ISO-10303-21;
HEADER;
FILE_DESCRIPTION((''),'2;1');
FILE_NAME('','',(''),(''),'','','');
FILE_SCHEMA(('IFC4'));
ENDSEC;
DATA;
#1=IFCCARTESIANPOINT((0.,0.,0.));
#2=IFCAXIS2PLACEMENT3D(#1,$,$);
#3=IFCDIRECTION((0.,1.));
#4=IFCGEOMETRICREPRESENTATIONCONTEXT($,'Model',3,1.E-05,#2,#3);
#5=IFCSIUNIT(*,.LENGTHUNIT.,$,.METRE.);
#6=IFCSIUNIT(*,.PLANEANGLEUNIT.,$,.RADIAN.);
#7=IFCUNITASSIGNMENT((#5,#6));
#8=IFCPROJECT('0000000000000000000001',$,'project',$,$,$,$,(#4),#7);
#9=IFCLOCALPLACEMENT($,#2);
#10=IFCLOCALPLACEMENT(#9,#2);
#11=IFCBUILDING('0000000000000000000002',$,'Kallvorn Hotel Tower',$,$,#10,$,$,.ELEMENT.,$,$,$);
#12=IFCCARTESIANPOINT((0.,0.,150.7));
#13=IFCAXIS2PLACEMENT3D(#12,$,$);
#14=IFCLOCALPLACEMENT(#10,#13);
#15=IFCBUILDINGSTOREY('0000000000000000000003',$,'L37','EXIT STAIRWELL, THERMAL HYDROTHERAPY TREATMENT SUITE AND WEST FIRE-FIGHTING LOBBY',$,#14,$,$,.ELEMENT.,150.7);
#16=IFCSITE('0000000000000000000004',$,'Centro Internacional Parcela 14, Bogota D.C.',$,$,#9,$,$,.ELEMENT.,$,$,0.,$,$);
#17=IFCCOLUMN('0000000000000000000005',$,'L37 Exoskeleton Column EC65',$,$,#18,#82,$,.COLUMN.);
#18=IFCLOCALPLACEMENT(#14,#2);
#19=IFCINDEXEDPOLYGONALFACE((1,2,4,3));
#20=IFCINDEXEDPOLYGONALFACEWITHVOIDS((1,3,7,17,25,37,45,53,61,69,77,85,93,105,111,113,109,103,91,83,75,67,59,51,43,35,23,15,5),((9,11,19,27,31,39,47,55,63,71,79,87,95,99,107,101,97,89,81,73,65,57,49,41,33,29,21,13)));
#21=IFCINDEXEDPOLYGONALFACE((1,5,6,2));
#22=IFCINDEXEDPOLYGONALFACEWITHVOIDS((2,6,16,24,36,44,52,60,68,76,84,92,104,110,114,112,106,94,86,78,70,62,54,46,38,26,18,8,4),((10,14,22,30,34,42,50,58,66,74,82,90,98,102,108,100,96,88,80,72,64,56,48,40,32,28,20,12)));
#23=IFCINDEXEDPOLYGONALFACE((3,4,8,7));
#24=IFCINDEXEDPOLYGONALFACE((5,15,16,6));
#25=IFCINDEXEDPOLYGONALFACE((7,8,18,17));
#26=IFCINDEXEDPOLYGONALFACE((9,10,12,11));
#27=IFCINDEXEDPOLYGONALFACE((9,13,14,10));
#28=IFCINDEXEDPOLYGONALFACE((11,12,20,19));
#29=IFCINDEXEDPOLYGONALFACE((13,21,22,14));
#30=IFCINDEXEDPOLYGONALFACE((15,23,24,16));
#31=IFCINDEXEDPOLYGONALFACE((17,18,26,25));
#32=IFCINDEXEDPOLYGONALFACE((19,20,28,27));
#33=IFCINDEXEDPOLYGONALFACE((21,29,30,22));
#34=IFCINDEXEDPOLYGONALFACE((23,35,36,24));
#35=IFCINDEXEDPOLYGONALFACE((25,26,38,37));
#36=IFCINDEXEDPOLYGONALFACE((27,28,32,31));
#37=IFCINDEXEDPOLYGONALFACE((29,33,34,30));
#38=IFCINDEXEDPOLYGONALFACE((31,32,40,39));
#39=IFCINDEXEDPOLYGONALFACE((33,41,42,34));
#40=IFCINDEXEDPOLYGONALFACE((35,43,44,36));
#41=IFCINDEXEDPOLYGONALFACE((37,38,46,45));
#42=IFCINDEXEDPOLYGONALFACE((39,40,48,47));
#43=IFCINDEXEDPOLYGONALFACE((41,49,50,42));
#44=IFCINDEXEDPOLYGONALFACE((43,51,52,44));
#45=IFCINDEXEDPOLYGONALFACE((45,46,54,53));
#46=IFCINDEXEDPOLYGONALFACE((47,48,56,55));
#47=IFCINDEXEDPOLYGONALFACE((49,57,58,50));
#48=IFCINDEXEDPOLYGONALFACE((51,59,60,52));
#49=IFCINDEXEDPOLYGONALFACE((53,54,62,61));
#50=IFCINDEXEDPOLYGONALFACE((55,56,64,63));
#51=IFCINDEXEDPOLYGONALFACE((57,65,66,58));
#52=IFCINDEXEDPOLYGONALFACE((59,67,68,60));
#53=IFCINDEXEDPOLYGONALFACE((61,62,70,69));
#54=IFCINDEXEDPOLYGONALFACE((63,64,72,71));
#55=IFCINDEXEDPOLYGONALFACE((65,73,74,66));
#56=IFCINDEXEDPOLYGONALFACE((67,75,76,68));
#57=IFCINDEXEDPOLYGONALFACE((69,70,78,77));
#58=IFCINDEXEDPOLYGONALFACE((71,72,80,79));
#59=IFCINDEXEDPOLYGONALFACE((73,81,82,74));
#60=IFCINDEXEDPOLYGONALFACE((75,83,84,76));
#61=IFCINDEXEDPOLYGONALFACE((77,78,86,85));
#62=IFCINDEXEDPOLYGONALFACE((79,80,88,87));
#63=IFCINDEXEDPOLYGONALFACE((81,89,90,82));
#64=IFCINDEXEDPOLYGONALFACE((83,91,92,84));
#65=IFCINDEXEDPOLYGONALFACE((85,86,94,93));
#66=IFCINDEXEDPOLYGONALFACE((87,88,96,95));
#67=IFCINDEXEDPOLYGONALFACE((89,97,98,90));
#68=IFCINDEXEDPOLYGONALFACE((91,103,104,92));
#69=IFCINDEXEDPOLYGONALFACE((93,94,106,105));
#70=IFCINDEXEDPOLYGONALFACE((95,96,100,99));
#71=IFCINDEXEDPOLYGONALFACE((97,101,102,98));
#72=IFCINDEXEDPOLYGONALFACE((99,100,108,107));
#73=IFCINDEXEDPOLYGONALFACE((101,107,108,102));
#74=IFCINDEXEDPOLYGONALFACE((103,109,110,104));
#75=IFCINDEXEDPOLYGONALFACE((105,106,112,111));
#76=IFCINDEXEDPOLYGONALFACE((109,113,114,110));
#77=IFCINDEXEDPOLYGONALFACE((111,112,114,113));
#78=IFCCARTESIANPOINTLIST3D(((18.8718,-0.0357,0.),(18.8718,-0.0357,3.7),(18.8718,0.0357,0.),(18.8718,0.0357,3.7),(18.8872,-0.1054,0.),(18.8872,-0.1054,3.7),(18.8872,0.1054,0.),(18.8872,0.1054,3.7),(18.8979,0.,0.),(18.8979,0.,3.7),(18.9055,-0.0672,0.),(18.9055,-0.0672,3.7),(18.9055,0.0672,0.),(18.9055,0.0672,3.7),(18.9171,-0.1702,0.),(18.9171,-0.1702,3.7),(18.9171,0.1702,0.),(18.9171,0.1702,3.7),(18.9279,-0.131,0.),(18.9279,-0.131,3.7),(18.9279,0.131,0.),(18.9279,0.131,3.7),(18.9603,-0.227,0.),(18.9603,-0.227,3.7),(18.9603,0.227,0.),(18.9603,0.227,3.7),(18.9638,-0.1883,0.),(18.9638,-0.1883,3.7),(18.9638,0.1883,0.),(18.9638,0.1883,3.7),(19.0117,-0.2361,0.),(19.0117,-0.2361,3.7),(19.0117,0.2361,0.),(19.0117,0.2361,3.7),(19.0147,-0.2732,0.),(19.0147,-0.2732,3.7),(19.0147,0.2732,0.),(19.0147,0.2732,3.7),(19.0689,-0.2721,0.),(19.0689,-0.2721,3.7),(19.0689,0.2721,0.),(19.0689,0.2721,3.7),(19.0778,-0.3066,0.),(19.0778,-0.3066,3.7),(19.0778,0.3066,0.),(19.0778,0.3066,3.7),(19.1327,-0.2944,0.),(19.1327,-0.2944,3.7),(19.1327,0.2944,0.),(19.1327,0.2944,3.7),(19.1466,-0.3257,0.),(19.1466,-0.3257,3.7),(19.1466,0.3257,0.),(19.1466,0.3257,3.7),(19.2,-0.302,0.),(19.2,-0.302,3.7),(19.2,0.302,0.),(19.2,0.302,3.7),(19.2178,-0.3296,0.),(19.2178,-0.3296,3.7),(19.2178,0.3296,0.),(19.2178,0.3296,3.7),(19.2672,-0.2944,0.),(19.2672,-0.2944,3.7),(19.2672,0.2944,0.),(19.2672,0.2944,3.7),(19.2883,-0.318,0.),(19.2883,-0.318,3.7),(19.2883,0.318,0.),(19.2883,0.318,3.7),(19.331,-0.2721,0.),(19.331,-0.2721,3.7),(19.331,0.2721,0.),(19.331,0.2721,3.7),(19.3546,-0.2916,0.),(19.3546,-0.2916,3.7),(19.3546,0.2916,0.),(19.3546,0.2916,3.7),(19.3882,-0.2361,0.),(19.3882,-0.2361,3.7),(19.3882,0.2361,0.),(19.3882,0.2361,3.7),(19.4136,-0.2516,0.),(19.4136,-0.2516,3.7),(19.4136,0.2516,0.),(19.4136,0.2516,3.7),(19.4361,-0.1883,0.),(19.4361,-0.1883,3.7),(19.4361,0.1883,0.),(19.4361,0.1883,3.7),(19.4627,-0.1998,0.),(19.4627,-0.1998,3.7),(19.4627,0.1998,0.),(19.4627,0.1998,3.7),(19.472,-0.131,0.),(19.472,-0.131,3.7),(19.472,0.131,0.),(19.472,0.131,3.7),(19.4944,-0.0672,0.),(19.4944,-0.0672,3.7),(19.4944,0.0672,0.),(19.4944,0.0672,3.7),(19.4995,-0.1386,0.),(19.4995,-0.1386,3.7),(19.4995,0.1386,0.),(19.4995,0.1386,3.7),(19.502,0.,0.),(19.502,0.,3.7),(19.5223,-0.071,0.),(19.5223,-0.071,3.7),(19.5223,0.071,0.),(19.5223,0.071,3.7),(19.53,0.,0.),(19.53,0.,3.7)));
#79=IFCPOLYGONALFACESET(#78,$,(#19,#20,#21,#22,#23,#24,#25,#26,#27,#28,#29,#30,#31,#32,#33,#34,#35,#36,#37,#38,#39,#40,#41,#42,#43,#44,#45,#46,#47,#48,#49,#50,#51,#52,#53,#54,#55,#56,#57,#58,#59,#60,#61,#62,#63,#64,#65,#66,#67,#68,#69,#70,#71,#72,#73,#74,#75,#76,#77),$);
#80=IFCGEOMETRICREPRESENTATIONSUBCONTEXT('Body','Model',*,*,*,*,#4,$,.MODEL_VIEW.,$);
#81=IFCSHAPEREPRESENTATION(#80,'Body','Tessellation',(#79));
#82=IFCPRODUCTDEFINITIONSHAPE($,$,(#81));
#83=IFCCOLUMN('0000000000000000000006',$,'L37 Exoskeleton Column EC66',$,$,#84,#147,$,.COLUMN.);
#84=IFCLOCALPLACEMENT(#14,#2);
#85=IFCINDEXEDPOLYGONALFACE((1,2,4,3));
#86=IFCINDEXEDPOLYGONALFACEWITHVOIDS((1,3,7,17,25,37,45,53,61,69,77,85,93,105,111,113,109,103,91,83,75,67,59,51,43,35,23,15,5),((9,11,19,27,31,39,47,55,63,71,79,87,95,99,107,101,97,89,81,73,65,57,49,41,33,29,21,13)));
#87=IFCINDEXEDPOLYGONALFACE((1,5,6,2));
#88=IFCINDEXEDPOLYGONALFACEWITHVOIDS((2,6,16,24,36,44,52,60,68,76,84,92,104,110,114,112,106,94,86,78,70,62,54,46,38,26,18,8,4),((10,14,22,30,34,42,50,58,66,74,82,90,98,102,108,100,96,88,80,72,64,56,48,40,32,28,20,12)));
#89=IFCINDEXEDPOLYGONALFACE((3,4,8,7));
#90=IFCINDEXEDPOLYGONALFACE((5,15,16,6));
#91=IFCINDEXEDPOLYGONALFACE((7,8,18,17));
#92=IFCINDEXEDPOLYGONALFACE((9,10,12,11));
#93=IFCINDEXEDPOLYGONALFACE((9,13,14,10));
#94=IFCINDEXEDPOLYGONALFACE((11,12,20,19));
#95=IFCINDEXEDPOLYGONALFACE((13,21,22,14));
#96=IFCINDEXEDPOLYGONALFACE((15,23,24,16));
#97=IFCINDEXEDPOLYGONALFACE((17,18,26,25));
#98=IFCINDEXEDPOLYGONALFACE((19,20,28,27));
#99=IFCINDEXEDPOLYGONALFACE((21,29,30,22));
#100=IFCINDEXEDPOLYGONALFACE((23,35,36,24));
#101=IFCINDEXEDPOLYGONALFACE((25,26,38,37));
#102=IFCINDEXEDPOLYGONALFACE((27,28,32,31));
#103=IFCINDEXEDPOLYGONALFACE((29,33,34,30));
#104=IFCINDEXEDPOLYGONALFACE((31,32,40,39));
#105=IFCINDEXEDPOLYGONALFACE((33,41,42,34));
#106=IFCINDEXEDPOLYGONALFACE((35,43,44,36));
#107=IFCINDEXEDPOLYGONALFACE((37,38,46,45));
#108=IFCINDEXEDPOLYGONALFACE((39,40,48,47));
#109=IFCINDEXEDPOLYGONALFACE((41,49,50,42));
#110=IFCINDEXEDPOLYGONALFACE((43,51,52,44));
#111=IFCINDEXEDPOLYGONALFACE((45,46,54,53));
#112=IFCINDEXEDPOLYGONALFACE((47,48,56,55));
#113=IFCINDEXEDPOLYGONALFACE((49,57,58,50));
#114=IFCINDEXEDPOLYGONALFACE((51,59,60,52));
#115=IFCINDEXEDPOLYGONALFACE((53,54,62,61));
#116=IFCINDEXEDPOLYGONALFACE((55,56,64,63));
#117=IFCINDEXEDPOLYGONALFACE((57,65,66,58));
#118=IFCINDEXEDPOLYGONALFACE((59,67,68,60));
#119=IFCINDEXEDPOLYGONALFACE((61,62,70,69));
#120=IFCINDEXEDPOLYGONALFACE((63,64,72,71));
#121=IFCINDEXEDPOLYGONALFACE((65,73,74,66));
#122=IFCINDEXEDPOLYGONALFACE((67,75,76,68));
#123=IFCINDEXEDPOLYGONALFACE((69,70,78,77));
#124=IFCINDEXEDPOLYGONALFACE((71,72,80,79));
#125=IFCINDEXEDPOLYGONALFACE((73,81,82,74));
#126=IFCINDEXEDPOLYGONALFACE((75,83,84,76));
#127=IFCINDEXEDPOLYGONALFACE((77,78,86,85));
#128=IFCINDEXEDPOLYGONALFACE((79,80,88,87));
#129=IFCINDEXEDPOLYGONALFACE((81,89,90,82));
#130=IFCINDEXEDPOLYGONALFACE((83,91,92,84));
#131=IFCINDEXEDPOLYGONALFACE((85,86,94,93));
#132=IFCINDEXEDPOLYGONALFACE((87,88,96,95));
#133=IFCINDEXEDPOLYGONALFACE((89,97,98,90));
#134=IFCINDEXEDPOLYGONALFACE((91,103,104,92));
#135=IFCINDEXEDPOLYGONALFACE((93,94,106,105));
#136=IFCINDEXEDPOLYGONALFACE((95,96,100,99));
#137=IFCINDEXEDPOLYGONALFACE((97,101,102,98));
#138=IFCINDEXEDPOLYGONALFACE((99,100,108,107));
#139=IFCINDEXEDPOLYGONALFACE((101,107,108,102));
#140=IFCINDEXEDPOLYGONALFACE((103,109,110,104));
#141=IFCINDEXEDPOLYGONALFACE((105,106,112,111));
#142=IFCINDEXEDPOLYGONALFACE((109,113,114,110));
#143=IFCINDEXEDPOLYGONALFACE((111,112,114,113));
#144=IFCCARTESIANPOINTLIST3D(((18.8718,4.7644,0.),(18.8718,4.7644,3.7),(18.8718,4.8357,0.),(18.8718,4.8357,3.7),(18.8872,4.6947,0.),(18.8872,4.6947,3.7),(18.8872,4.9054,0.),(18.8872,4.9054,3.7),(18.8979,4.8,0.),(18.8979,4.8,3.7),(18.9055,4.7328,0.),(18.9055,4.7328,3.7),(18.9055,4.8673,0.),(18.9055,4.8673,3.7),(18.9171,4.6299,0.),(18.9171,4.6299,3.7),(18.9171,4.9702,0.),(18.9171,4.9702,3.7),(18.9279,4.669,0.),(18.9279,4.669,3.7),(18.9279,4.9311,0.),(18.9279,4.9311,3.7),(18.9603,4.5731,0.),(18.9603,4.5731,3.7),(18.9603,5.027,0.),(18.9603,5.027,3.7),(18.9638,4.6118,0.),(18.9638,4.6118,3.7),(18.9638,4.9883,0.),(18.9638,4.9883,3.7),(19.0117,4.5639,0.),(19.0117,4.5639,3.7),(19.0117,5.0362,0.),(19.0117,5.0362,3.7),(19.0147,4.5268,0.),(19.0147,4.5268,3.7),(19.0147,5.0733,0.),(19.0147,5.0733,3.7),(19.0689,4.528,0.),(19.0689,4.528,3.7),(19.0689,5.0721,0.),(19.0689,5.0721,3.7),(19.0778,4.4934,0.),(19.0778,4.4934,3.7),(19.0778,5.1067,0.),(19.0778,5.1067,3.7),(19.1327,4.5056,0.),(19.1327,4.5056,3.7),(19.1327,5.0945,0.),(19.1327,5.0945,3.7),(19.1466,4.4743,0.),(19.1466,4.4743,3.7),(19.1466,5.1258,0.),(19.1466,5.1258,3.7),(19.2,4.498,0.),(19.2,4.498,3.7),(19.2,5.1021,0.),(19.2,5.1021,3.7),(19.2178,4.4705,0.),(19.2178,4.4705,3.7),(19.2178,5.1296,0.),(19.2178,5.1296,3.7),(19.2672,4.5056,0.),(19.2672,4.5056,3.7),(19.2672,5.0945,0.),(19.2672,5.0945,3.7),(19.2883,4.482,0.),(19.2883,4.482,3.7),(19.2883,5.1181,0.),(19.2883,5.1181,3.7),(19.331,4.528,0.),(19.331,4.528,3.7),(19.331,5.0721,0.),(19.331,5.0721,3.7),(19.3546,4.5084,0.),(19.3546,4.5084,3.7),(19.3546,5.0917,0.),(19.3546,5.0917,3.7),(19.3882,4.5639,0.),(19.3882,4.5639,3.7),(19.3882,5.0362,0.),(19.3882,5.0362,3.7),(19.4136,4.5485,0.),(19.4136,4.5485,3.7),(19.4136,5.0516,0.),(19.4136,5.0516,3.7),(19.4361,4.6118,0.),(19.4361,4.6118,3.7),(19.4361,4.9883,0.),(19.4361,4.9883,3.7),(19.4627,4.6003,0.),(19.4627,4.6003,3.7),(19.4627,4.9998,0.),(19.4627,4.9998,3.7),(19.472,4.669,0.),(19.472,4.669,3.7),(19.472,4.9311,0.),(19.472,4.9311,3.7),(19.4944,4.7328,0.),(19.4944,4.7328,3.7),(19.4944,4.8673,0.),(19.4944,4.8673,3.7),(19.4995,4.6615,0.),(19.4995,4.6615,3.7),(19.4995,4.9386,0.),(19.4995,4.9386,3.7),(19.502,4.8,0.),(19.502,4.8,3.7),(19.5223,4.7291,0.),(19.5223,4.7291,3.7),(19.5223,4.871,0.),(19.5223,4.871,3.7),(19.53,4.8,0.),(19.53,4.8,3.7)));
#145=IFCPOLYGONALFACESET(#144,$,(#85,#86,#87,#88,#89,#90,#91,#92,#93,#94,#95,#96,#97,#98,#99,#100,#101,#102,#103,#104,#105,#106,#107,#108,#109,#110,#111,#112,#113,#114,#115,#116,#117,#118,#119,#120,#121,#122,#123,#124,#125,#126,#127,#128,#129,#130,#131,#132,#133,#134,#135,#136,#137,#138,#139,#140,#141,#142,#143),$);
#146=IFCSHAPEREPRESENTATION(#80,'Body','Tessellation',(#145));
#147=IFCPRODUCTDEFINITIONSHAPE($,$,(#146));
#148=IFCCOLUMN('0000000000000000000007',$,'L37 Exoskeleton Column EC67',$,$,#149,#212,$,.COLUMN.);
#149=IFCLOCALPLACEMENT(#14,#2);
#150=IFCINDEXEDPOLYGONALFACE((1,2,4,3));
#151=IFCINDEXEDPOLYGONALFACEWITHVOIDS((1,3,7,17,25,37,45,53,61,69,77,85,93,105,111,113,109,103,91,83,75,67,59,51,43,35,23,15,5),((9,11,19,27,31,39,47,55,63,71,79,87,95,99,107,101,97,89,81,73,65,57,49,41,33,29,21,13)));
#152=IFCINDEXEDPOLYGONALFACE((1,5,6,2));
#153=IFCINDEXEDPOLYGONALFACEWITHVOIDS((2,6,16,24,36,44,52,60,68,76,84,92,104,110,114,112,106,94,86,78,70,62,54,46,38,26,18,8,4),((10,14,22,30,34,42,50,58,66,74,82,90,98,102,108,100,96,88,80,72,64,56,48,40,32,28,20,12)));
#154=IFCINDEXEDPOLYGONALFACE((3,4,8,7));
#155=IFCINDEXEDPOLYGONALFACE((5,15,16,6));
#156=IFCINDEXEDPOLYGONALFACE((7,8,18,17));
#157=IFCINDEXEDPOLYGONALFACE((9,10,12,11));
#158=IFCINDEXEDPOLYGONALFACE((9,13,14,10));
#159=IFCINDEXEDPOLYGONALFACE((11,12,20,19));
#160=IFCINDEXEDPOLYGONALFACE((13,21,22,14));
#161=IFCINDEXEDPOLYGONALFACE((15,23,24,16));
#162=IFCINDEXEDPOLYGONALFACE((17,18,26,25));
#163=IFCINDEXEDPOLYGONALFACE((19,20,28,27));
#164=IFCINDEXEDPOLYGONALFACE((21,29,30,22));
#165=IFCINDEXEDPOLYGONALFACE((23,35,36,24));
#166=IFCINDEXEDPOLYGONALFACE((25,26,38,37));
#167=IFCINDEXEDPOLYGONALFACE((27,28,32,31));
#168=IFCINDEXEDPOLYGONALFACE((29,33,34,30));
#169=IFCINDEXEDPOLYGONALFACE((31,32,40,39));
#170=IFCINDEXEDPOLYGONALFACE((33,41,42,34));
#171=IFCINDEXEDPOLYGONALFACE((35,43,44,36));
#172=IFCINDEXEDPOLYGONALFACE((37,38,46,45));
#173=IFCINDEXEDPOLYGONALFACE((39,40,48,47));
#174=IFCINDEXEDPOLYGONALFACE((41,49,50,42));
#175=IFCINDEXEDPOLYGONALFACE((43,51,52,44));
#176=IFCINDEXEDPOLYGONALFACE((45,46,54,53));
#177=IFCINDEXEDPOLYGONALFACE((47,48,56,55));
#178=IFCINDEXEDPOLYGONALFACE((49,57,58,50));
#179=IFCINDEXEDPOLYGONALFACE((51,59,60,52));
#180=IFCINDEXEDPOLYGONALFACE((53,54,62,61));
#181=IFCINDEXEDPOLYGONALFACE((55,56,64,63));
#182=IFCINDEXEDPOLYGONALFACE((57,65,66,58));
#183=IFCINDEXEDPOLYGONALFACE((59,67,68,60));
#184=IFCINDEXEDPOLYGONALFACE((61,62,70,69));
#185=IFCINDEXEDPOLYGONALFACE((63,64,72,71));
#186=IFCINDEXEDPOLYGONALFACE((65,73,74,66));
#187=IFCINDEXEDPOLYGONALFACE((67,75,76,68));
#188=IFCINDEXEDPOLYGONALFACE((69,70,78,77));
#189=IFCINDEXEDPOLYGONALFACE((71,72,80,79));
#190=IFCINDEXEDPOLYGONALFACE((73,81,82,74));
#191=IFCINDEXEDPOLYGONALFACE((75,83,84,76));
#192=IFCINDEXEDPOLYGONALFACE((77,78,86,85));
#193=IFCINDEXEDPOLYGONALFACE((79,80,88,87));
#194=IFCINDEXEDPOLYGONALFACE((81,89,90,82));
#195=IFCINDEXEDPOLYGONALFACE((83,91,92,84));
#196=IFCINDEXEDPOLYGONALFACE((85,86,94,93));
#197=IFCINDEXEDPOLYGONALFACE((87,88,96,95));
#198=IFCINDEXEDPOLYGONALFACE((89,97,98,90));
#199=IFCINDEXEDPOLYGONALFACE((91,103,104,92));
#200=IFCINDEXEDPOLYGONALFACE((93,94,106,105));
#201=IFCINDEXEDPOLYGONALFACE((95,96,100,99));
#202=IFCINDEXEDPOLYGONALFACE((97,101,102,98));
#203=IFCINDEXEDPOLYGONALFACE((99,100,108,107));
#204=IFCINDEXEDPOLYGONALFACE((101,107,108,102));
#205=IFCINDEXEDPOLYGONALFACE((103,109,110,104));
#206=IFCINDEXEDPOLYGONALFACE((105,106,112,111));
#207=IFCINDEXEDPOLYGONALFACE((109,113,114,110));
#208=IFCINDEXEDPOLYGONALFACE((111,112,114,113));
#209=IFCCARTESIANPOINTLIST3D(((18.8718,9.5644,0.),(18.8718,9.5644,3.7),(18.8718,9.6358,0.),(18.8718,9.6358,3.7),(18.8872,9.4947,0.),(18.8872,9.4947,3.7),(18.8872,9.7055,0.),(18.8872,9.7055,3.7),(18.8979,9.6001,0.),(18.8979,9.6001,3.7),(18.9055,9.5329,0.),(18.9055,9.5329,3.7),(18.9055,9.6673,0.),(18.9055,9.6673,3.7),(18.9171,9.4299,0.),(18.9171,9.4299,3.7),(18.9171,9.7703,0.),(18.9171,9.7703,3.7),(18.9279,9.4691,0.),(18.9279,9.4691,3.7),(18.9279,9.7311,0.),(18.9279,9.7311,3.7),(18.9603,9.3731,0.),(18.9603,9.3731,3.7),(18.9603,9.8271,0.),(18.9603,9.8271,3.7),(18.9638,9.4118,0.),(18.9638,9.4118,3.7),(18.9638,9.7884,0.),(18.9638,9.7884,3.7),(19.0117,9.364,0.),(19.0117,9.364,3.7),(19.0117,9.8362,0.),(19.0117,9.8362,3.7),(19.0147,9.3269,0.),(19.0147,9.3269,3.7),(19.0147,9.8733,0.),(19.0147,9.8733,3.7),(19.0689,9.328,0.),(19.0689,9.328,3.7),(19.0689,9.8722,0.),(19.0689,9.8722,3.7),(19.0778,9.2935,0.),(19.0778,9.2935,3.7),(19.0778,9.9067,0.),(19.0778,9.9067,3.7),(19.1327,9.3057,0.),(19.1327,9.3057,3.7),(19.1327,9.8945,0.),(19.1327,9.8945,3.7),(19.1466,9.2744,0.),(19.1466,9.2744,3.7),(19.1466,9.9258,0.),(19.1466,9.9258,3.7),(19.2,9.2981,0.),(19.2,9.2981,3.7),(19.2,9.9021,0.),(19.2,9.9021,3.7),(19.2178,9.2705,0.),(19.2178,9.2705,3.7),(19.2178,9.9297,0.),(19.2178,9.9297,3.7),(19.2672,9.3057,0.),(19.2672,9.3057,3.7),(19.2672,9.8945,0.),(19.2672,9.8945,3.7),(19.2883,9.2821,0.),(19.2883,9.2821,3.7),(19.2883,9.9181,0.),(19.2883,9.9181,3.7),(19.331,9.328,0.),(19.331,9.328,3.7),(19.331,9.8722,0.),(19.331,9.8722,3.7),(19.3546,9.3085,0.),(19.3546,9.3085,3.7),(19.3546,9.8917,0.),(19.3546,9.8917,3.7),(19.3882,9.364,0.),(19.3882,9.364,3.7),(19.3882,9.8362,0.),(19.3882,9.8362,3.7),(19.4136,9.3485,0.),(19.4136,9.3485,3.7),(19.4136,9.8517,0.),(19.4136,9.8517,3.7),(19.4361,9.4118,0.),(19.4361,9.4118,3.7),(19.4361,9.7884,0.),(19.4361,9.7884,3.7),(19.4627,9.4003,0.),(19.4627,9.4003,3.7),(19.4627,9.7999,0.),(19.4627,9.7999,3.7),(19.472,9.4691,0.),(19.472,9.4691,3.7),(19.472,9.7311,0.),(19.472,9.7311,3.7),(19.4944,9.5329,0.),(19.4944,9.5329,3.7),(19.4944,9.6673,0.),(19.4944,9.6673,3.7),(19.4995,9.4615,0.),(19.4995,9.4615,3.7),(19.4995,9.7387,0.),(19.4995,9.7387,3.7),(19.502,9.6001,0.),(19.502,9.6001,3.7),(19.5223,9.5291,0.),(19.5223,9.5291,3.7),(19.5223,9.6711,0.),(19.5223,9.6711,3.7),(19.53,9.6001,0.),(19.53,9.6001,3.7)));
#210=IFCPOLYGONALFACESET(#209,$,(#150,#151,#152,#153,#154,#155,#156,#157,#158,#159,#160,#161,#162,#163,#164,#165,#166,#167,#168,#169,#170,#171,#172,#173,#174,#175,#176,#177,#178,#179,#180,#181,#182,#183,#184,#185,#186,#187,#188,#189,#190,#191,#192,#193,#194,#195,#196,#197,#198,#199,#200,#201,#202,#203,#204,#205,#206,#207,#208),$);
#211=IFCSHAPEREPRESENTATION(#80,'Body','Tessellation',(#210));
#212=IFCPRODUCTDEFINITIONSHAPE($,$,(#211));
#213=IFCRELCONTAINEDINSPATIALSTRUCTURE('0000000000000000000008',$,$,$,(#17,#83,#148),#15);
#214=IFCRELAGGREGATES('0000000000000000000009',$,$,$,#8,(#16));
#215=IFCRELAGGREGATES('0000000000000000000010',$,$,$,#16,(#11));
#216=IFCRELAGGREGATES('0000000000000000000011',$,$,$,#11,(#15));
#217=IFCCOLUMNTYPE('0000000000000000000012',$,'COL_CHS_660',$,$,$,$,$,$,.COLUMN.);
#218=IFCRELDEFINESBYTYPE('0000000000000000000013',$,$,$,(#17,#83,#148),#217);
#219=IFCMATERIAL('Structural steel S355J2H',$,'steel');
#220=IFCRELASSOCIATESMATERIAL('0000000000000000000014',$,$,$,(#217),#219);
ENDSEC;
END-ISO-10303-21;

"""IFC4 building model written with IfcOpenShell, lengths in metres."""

from ifc_helpers import new_model, si_unit, direction, frame, origin, origin_2d, place, context, subcontext, project, spatial, hollow_circle, extrude, material, material_profile, profile_set, type_object, element, save


model = new_model("IFC4")

# Units and contexts
model_context = context("Model", 3, precision=1e-05, world=origin(), true_north=direction((0.0, 1.0)))
body_context = subcontext(model_context, "Body", "Model", "MODEL_VIEW")
ifc_project = project(units=[si_unit("LENGTHUNIT", "METRE"), si_unit("PLANEANGLEUNIT", "RADIAN")], contexts=[model_context])

# Site, building, storey
site_placement = place(None, origin())
site = spatial("IfcSite", under=ifc_project, at=site_placement, Name="Centro Internacional Parcela 14, Bogota D.C.", CompositionType="ELEMENT", RefElevation=0.0)
building_placement = place(site_placement, origin())
building = spatial("IfcBuilding", under=site, at=building_placement, Name="Kallvorn Hotel Tower", CompositionType="ELEMENT")
storey_placement = place(building_placement, frame((0.0, 0.0, 150.7)))
storey = spatial("IfcBuildingStorey", under=building, at=storey_placement, Name="L37", Description="EXIT STAIRWELL, THERMAL HYDROTHERAPY TREATMENT SUITE AND WEST FIRE-FIGHTING LOBBY", CompositionType="ELEMENT", Elevation=150.7)

# Columns
ifc_material_1 = material(Name="Structural steel S355J2H", Category="steel")
ifc_material_profile_1 = material_profile(ifc_material_1, hollow_circle(Radius=0.3301, WallThickness=0.0281, at=origin_2d()), Name="CHS 660x28")
ifc_profile_set_1 = profile_set([ifc_material_profile_1], Name="Structural steel S355J2H")
column_type_1 = type_object("IfcColumnType", Name="COL_CHS_660", PredefinedType="COLUMN", material=ifc_profile_set_1)
for number, where, z_axis, x_axis, name in (
    (1, (19.2, 0.0, 0.0), (0.0, 0.0, 1.0), (1.0, 0.0, 0.0), "L37 Exoskeleton Column EC65"),
    (2, (19.2, 4.8, 0.0), (0.0, 0.0, 1.0), (1.0, 0.0, 0.0), "L37 Exoskeleton Column EC66"),
    (3, (19.2, 9.6001, 0.0), (0.0, 0.0, 1.0), (1.0, 0.0, 0.0), "L37 Exoskeleton Column EC67"),
):
    element("IfcColumn", number, at=place(storey_placement, frame(where, z_axis=z_axis, x_axis=x_axis)), inside=storey, type_object=column_type_1, Name=name, PredefinedType="COLUMN", context=body_context, shape_type="SweptSolid", body=[
        extrude(hollow_circle(Radius=0.3301, WallThickness=0.0281, at=origin_2d()), origin(), (0.0, 0.0, 1.0), 3.7),
    ])

save(model, "model.ifc")
